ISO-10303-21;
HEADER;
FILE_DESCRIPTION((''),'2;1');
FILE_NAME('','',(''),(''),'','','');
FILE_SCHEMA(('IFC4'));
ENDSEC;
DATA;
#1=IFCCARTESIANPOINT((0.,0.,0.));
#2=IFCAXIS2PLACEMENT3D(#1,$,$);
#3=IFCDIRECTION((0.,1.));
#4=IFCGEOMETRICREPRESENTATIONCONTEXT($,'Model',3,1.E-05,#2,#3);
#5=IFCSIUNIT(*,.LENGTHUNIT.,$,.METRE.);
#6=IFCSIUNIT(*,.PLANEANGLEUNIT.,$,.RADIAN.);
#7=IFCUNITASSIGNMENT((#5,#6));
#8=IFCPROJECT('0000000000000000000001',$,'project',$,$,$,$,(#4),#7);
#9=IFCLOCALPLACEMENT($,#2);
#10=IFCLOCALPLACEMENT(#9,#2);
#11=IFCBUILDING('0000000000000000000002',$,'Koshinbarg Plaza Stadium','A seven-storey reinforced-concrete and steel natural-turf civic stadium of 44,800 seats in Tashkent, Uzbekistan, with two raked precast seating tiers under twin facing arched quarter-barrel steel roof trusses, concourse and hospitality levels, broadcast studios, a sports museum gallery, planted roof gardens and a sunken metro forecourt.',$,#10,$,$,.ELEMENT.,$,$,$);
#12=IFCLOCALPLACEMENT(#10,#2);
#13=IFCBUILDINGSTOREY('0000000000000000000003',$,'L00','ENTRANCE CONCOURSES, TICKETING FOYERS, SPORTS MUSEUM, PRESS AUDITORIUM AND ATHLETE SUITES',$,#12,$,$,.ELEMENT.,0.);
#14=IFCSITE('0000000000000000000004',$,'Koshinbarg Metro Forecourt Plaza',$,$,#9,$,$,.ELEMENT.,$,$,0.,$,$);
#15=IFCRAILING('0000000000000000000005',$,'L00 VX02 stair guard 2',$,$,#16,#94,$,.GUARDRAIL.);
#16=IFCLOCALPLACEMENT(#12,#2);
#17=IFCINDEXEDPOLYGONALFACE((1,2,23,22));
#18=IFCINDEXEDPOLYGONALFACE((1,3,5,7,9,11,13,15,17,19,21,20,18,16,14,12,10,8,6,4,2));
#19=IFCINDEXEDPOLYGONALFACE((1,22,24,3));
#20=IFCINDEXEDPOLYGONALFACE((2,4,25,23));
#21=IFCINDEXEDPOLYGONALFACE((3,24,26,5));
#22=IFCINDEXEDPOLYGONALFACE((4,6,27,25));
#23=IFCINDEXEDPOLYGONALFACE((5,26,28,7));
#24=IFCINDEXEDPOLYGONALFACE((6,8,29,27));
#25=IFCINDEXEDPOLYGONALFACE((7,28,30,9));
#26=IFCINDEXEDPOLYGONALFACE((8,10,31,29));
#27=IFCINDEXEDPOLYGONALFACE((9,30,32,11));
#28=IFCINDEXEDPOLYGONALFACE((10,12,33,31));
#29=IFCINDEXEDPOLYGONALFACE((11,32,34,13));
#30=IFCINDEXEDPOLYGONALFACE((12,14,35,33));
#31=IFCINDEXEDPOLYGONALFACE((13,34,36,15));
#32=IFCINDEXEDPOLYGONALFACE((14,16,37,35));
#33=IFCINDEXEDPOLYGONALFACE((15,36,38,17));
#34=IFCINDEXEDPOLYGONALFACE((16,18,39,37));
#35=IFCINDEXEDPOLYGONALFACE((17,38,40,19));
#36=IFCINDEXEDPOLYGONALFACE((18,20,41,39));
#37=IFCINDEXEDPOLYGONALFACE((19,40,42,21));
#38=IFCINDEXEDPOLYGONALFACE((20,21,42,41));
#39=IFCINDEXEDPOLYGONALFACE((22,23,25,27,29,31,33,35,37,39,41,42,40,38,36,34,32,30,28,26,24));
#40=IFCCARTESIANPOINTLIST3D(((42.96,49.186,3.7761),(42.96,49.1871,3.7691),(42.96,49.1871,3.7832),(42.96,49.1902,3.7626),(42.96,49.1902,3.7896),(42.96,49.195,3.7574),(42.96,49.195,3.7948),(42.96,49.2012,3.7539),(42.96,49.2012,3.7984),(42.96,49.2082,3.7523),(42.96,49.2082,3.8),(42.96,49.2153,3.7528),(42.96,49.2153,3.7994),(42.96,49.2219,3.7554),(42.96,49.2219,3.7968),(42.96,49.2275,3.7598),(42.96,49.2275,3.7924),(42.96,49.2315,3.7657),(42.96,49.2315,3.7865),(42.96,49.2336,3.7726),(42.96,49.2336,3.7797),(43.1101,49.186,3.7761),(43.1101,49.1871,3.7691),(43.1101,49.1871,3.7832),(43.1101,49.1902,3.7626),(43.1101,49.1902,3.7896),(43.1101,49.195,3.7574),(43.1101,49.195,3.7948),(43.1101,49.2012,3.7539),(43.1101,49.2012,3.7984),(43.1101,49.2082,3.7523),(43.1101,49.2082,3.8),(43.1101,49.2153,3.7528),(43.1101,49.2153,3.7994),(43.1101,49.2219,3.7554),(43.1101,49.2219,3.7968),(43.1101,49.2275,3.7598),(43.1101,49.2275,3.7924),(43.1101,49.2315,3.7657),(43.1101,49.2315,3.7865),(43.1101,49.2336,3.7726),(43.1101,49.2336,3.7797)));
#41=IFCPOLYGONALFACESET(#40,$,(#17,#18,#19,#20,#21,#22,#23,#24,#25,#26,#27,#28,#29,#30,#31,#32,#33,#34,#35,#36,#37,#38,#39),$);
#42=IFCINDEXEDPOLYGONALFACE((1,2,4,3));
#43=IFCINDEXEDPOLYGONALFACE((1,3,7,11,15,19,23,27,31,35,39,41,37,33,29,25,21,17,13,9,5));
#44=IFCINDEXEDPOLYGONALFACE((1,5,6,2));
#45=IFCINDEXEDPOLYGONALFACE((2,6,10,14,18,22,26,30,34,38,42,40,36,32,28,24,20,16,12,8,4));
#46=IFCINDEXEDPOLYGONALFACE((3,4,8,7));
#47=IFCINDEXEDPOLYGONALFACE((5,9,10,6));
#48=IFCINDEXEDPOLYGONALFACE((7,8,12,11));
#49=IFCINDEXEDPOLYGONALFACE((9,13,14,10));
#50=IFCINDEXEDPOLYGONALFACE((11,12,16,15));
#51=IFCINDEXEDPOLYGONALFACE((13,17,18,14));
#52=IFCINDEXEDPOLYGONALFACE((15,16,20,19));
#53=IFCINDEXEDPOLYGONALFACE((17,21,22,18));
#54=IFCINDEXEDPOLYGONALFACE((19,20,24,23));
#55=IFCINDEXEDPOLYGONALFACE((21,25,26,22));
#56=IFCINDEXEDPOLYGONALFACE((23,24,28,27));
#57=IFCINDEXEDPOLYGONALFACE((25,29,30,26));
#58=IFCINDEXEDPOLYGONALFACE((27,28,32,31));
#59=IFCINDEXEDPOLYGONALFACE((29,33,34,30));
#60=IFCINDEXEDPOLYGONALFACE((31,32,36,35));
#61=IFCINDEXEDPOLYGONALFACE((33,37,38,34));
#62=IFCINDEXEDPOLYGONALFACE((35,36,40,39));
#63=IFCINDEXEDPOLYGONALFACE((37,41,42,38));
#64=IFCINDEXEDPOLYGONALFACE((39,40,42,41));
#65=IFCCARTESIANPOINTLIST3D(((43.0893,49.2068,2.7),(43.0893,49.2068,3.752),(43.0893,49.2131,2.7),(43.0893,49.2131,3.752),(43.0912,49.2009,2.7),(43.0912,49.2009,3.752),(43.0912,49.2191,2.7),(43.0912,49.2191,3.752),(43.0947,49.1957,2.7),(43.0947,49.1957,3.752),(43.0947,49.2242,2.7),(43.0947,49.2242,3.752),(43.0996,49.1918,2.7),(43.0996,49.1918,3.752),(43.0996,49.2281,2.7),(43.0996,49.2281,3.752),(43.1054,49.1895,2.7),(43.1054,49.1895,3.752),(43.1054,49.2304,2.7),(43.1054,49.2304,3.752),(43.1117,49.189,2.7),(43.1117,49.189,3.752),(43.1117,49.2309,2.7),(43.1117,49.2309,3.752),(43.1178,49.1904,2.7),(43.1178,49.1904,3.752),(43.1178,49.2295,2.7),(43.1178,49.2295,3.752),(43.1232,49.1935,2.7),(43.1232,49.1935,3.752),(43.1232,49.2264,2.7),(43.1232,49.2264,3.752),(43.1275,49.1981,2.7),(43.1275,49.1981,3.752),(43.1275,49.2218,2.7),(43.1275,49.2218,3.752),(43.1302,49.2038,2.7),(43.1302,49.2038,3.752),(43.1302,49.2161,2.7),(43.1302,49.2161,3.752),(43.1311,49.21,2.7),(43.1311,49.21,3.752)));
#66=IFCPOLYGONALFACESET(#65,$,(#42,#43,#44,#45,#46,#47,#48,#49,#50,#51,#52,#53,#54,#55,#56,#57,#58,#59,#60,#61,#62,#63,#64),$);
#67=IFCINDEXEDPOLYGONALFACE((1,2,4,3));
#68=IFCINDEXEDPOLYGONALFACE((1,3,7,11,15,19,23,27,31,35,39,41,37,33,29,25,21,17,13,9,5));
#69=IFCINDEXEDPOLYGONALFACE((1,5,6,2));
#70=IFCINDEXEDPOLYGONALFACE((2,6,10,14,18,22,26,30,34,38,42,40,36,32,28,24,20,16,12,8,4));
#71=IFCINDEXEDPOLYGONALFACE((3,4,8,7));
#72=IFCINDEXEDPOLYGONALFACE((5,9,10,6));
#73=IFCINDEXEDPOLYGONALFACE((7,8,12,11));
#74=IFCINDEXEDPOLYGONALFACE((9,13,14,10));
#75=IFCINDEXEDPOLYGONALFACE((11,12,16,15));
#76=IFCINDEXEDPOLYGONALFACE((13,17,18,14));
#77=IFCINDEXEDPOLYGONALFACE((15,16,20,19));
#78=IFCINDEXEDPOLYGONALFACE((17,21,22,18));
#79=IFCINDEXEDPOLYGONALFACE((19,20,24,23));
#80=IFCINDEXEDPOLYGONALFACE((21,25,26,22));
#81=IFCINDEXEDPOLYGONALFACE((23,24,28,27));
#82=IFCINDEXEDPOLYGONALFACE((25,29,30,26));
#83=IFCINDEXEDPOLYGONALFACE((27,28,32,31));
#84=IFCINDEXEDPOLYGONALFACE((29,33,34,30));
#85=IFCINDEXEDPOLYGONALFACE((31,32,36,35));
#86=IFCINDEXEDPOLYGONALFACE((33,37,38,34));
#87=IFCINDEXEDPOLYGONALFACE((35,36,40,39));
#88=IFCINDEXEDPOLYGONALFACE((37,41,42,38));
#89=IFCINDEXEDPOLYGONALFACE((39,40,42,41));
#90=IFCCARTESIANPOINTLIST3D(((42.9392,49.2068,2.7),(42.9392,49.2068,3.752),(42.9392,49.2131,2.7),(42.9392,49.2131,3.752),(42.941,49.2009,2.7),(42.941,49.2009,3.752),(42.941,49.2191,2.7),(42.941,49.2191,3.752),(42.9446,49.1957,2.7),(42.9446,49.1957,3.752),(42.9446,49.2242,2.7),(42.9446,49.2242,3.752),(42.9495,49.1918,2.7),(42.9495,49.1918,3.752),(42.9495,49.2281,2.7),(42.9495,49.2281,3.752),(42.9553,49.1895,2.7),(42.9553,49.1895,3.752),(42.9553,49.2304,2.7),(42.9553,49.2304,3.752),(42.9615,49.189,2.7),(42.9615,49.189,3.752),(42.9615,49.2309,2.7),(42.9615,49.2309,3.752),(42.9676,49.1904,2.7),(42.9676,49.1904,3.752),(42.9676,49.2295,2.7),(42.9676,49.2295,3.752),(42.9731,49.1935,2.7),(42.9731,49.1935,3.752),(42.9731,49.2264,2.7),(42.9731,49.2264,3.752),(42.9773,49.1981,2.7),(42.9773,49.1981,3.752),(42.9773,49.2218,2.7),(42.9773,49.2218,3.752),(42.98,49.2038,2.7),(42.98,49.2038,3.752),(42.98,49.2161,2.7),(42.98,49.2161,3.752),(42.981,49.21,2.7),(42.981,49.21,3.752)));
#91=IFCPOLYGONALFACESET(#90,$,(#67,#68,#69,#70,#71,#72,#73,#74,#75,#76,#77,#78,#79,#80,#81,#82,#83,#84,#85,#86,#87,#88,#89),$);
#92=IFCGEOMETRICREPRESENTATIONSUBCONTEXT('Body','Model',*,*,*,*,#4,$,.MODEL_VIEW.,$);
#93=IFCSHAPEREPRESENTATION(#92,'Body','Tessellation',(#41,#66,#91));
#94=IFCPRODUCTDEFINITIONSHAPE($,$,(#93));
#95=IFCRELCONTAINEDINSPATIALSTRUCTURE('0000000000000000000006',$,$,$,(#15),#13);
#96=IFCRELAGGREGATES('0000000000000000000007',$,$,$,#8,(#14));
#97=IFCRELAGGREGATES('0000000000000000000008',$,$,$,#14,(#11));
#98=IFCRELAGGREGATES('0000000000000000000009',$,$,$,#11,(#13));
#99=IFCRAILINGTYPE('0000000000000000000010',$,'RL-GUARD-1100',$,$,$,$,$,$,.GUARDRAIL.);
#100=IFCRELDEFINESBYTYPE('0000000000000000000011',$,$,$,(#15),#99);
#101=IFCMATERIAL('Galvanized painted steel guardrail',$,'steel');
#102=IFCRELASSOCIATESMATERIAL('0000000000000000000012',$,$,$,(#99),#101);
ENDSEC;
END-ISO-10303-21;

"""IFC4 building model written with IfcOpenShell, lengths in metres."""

from ifc_helpers import new_model, si_unit, direction, frame, origin, origin_2d, place, context, subcontext, project, spatial, circle, extrude, material, type_object, element, save


model = new_model("IFC4")

# Units and contexts
model_context = context("Model", 3, precision=1e-05, world=origin(), true_north=direction((0.0, 1.0)))
body_context = subcontext(model_context, "Body", "Model", "MODEL_VIEW")
ifc_project = project(units=[si_unit("LENGTHUNIT", "METRE"), si_unit("PLANEANGLEUNIT", "RADIAN")], contexts=[model_context])

# Site, building, storey
site_placement = place(None, origin())
site = spatial("IfcSite", under=ifc_project, at=site_placement, Name="Koshinbarg Metro Forecourt Plaza", CompositionType="ELEMENT", RefElevation=0.0)
building_placement = place(site_placement, origin())
building = spatial("IfcBuilding", under=site, at=building_placement, Name="Koshinbarg Plaza Stadium", Description="A seven-storey reinforced-concrete and steel natural-turf civic stadium of 44,800 seats in Tashkent, Uzbekistan, with two raked precast seating tiers under twin facing arched quarter-barrel steel roof trusses, concourse and hospitality levels, broadcast studios, a sports museum gallery, planted roof gardens and a sunken metro forecourt.", CompositionType="ELEMENT")
storey_placement = place(building_placement, origin())
storey = spatial("IfcBuildingStorey", under=building, at=storey_placement, Name="L00", Description="ENTRANCE CONCOURSES, TICKETING FOYERS, SPORTS MUSEUM, PRESS AUDITORIUM AND ATHLETE SUITES", CompositionType="ELEMENT", Elevation=0.0)

# Railing
ifc_material_1 = material(Name="Galvanized painted steel guardrail", Category="steel")
railing_type_1 = type_object("IfcRailingType", Name="RL-GUARD-1100", PredefinedType="GUARDRAIL", material=ifc_material_1)
railing_1_placement = place(storey_placement, frame((43.1101, 49.21, 2.7)))
element("IfcRailing", 1, at=railing_1_placement, inside=storey, type_object=railing_type_1, Name="L00 VX02 stair guard 2", PredefinedType="GUARDRAIL", context=body_context, shape_type="SweptSolid", body=[
    extrude(circle(Radius=0.0239, at=origin_2d()), frame((0.0, 0.0, 1.0762), z_axis=(-1.0, 0.0, 0.0), x_axis=(0.0, -1.0, 0.0)), (0.0, 0.0, 1.0), 0.1501),
    extrude(circle(Radius=0.021, at=origin_2d()), origin(), (0.0, 0.0, 1.0), 1.052),
    extrude(circle(Radius=0.021, at=origin_2d()), frame((-0.1501, 0.0, 0.0)), (0.0, 0.0, 1.0), 1.052),
])

save(model, "model.ifc")
